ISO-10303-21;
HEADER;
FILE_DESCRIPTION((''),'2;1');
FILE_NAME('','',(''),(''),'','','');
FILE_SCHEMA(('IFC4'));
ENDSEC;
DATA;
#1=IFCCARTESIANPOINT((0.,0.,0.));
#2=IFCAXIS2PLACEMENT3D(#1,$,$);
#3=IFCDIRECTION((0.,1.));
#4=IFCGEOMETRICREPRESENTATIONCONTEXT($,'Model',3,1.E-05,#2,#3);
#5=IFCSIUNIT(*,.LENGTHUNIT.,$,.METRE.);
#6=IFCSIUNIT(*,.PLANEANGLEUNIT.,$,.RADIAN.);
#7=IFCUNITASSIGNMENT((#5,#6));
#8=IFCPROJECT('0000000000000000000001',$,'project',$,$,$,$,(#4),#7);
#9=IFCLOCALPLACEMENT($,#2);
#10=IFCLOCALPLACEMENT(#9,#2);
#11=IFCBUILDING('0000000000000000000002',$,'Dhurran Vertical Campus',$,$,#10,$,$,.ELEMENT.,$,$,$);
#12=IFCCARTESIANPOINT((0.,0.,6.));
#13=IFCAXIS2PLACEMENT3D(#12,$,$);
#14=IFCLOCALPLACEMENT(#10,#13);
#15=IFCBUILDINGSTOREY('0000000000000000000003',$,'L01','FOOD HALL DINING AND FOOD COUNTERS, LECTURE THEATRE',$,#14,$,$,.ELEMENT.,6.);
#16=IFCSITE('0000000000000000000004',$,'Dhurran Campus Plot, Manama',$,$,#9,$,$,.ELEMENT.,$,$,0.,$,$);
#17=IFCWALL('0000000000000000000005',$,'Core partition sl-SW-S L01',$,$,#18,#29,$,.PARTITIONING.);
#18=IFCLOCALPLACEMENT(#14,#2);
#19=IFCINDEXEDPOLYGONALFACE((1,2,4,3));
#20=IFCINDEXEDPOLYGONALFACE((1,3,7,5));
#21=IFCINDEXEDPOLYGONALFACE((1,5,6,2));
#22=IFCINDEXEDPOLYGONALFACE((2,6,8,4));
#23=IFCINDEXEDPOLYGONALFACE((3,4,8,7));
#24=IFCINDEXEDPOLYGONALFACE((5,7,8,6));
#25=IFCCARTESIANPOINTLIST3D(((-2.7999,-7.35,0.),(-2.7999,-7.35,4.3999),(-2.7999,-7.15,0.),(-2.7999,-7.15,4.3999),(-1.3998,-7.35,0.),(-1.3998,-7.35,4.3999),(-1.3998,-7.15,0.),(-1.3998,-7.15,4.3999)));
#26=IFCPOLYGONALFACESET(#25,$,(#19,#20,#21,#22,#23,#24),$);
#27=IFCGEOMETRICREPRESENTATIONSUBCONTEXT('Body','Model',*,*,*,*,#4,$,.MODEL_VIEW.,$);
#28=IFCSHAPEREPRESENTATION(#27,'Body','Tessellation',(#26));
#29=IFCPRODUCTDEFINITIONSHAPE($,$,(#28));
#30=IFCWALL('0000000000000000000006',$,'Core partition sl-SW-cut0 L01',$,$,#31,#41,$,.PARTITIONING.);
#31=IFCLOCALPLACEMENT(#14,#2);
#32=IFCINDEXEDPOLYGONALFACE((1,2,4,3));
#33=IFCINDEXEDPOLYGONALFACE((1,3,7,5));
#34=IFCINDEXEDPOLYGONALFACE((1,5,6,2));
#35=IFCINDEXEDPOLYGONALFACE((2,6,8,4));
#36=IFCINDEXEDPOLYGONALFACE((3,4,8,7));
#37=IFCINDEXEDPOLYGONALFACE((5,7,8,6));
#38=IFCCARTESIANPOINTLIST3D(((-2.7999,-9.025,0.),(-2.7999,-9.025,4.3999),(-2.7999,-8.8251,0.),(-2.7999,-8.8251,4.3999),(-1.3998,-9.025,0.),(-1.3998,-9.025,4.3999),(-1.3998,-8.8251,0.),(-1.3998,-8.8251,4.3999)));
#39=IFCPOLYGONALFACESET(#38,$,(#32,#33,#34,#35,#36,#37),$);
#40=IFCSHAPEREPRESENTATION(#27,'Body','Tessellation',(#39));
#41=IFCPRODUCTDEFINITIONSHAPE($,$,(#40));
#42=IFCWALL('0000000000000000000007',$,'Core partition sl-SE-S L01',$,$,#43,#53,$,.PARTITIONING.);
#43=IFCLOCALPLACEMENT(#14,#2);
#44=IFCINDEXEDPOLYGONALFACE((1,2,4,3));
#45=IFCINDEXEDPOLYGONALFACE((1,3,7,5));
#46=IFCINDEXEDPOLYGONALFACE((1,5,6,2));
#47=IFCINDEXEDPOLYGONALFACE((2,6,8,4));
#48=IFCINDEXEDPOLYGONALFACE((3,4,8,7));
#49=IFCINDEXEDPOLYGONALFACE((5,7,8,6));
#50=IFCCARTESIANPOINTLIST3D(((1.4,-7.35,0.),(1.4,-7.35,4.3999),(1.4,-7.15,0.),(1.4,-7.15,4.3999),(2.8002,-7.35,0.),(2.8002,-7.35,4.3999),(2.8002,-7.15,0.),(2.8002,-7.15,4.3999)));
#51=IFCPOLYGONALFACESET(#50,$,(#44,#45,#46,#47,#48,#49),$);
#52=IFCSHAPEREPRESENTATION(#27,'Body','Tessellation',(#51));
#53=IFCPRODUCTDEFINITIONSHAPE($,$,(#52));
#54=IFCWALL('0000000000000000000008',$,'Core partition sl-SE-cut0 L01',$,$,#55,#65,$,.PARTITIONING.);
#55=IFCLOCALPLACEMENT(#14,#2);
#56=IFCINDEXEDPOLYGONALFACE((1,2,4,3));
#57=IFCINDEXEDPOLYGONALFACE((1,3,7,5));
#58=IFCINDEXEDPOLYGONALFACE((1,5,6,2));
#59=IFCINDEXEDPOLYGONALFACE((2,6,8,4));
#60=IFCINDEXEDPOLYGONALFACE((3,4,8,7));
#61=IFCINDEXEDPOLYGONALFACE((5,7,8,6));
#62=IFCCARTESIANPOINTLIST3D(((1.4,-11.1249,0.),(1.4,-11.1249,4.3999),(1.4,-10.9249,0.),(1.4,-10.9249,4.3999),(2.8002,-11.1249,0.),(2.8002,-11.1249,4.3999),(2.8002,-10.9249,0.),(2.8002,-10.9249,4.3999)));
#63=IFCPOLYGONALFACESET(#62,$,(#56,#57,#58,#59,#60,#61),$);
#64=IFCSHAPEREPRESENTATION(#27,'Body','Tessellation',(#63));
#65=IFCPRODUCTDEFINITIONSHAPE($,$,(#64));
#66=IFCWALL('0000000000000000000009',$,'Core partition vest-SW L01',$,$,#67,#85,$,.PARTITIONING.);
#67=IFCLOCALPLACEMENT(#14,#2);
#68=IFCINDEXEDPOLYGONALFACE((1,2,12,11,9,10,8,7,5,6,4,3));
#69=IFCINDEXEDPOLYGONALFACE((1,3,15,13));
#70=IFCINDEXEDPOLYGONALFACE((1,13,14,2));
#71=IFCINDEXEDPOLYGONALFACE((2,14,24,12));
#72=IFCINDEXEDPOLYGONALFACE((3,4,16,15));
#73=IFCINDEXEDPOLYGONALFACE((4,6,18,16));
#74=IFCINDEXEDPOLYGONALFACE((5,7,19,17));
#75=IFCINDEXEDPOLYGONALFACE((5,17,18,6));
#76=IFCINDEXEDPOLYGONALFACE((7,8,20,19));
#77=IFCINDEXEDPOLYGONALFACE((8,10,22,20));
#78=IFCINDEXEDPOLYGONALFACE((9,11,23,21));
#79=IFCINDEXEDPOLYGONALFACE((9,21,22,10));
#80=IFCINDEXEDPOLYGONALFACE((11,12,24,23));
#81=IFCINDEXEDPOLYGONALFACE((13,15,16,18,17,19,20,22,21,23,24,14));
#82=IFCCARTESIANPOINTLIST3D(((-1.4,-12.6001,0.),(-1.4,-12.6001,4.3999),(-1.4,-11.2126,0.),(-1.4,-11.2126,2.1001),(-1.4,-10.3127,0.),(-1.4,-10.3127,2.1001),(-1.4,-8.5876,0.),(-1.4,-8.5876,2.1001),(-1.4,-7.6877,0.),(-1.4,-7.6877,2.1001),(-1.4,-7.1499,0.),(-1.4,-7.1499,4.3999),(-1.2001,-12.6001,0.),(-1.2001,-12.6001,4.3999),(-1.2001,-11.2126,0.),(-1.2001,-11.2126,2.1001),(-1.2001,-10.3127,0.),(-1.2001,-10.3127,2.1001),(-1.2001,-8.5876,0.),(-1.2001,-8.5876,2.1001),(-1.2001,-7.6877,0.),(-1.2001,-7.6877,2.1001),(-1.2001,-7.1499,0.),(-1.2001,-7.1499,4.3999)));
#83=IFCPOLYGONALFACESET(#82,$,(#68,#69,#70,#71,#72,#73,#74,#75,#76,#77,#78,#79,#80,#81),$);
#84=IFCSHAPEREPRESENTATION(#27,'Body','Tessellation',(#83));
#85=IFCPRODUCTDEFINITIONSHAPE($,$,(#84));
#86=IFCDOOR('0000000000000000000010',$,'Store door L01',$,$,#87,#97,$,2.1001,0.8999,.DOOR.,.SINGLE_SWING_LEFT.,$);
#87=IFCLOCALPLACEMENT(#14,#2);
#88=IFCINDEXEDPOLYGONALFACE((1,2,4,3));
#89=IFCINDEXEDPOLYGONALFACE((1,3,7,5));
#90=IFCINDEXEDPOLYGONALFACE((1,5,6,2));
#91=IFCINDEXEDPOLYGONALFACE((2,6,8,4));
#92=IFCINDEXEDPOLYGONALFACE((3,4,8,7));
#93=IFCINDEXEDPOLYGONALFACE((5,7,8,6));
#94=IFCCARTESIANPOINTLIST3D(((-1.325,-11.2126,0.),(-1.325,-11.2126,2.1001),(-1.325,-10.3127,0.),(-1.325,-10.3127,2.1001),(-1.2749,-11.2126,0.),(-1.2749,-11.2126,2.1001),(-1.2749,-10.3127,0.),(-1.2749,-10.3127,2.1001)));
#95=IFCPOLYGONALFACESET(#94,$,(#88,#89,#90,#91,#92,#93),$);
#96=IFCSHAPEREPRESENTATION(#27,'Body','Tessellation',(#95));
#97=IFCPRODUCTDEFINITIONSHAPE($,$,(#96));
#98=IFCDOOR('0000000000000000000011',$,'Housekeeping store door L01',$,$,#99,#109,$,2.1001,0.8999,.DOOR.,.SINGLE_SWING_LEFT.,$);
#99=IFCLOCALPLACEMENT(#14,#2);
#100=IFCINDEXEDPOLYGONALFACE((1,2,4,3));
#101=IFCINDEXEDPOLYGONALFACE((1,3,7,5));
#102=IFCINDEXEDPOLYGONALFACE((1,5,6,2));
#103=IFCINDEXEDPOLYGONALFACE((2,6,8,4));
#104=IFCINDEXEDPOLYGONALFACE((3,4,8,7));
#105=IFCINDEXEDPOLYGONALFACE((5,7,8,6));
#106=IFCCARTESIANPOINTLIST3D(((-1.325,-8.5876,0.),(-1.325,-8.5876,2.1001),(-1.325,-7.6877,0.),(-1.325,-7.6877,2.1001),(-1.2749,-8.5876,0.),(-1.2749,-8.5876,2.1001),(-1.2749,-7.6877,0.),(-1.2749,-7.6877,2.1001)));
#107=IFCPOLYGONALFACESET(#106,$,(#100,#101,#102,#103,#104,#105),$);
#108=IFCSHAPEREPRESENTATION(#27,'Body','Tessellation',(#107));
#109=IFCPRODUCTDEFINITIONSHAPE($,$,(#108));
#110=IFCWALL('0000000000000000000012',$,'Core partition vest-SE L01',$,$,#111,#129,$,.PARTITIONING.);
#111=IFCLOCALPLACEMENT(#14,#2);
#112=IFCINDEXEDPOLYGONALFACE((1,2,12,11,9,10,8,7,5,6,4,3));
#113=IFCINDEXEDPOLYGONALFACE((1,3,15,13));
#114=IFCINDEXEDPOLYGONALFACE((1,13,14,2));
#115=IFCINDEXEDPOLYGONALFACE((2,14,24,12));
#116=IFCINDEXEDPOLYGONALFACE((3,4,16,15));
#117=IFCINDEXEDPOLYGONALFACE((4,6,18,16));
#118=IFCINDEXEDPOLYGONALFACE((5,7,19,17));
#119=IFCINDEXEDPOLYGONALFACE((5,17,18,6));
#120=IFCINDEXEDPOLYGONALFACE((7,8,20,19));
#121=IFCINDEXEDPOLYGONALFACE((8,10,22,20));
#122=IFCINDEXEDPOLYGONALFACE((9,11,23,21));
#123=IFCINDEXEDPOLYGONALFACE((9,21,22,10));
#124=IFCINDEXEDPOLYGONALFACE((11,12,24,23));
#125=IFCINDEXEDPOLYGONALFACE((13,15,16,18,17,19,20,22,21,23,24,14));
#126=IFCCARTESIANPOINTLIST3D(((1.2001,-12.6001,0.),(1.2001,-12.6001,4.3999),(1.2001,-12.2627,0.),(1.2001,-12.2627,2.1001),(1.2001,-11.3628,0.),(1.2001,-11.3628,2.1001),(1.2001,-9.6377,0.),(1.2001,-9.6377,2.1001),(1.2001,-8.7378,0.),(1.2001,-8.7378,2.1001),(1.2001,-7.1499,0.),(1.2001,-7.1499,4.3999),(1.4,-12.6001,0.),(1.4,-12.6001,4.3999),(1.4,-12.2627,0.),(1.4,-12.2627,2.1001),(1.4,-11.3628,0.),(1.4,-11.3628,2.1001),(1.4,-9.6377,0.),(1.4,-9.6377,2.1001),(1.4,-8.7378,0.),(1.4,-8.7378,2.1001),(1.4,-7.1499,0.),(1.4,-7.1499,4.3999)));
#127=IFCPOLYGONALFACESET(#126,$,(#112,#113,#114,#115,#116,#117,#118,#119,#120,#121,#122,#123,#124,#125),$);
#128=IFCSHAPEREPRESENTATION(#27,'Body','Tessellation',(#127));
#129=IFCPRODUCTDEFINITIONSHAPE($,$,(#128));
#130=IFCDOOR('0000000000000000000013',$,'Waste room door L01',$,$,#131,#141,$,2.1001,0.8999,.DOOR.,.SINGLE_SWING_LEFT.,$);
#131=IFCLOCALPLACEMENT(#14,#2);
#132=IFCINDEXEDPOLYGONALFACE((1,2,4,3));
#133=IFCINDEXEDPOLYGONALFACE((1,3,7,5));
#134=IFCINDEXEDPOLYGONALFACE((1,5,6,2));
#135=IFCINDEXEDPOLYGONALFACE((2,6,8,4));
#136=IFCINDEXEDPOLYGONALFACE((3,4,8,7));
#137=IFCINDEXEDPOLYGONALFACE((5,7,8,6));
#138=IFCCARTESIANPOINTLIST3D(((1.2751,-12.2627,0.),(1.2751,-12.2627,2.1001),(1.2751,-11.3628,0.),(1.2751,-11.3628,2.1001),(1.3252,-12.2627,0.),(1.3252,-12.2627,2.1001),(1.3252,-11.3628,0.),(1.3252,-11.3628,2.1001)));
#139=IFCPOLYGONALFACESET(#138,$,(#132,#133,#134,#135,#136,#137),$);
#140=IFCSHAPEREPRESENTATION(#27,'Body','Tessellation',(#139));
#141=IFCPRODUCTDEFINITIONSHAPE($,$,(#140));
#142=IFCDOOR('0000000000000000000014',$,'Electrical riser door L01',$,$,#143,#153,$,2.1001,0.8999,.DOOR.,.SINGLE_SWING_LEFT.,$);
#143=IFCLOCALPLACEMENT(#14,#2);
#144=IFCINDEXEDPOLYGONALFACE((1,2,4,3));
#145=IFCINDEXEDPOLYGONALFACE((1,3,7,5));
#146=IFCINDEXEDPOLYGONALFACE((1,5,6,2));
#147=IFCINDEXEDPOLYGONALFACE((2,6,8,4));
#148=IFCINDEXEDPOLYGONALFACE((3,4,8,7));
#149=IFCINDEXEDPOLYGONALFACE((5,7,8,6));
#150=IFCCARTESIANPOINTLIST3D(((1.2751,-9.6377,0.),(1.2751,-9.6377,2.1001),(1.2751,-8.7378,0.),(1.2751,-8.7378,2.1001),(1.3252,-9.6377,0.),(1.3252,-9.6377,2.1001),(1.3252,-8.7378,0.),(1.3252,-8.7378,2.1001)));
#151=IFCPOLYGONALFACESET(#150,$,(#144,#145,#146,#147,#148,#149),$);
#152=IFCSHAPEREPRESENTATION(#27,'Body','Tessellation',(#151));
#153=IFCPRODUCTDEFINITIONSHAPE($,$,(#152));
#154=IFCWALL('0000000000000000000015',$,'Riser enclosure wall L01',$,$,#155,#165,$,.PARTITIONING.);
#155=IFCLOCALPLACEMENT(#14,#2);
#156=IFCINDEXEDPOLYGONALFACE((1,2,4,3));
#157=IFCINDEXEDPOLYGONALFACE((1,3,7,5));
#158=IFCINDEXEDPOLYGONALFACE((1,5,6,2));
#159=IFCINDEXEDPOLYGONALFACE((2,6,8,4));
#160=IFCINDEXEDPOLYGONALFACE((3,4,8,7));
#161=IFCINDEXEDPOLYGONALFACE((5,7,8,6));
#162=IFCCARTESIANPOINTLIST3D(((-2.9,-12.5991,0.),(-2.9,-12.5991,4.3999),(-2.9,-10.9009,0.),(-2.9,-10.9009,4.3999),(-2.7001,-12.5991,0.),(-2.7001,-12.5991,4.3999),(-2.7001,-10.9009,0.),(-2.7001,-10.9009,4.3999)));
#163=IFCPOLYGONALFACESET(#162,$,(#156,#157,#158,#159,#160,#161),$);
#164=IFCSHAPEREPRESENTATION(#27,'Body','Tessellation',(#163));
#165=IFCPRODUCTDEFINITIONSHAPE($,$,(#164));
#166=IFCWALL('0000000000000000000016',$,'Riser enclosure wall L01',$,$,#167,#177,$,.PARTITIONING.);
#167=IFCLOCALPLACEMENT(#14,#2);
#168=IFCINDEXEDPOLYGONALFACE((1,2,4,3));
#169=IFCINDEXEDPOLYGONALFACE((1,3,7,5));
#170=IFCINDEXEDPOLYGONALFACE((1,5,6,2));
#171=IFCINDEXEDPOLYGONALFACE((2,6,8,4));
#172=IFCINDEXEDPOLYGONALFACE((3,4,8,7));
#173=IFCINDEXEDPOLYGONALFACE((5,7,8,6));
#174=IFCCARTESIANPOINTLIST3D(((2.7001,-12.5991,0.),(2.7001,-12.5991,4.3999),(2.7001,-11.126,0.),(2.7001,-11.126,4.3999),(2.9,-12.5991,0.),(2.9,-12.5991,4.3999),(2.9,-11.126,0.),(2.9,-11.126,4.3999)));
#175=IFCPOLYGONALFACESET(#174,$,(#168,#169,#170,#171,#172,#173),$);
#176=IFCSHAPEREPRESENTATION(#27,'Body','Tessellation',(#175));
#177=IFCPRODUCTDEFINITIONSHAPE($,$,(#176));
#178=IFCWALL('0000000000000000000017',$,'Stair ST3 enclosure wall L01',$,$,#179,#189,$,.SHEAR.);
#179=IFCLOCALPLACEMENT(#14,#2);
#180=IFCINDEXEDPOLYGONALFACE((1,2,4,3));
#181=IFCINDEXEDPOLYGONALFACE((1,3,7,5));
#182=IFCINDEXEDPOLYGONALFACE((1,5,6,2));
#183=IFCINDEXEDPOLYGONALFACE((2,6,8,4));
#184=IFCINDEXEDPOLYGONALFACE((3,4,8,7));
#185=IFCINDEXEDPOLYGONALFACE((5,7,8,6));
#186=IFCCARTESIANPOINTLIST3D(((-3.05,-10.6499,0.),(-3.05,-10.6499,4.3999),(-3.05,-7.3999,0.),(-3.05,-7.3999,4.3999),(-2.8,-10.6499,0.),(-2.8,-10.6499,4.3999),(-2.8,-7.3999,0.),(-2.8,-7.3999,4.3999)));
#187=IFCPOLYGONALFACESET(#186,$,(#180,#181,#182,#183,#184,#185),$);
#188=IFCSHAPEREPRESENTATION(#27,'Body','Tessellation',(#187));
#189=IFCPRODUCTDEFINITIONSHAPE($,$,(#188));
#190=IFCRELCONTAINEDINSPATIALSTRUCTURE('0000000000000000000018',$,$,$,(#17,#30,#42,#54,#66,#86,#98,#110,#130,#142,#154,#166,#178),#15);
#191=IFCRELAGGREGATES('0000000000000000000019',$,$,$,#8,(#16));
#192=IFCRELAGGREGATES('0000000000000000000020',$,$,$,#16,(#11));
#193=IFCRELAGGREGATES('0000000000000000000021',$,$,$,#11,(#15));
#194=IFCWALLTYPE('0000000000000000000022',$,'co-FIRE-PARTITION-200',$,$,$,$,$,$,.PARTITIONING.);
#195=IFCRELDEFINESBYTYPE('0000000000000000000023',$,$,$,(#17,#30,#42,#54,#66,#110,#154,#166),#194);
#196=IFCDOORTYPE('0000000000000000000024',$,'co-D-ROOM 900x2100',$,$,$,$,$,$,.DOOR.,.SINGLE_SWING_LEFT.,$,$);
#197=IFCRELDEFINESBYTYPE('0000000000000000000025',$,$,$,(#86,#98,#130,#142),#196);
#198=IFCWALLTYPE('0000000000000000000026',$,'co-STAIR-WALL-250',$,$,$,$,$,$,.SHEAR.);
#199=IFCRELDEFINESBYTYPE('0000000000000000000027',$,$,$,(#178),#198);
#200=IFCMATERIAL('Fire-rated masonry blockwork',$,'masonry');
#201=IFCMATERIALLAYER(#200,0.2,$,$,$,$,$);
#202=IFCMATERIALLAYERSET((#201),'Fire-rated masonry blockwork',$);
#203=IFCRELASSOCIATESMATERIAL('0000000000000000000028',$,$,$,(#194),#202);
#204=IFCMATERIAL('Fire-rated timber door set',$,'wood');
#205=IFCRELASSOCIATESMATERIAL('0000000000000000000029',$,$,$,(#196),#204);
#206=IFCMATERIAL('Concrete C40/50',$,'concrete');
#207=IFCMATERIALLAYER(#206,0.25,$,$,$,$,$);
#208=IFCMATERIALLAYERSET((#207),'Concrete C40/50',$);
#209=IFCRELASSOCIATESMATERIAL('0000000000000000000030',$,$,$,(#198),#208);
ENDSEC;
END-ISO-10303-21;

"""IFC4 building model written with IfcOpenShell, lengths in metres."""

from ifc_helpers import new_model, si_unit, direction, frame, frame_2d, origin, place, context, subcontext, project, spatial, rectangle, extrude, material, layer, layer_set, type_object, element, fill, save


model = new_model("IFC4")

# Units and contexts
model_context = context("Model", 3, precision=1e-05, world=origin(), true_north=direction((0.0, 1.0)))
body_context = subcontext(model_context, "Body", "Model", "MODEL_VIEW")
ifc_project = project(units=[si_unit("LENGTHUNIT", "METRE"), si_unit("PLANEANGLEUNIT", "RADIAN")], contexts=[model_context])

# Site, building, storey
site_placement = place(None, origin())
site = spatial("IfcSite", under=ifc_project, at=site_placement, Name="Dhurran Campus Plot, Manama", CompositionType="ELEMENT", RefElevation=0.0)
building_placement = place(site_placement, origin())
building = spatial("IfcBuilding", under=site, at=building_placement, Name="Dhurran Vertical Campus", CompositionType="ELEMENT")
storey_placement = place(building_placement, frame((0.0, 0.0, 6.0)))
storey = spatial("IfcBuildingStorey", under=building, at=storey_placement, Name="L01", Description="FOOD HALL DINING AND FOOD COUNTERS, LECTURE THEATRE", CompositionType="ELEMENT", Elevation=6.0)

# Walls
ifc_material_1 = material(Name="Fire-rated masonry blockwork", Category="masonry")
ifc_layer_1 = layer(ifc_material_1, 0.2)
ifc_layer_set_1 = layer_set([ifc_layer_1], Name="Fire-rated masonry blockwork")
wall_type_1 = type_object("IfcWallType", Name="co-FIRE-PARTITION-200", PredefinedType="PARTITIONING", material=ifc_layer_set_1)
for number, where, z_axis, x_axis, name in (
    (1, (-2.8, -7.25, 0.0), (0.0, 0.0, 1.0), (1.0, 0.0, 0.0), "Core partition sl-SW-S L01"),
    (2, (-2.8, -8.925, 0.0), (0.0, 0.0, 1.0), (1.0, 0.0, 0.0), "Core partition sl-SW-cut0 L01"),
    (3, (1.3999, -7.25, 0.0), (0.0, 0.0, 1.0), (1.0, 0.0, 0.0), "Core partition sl-SE-S L01"),
    (4, (1.3999, -11.0249, 0.0), (0.0, 0.0, 1.0), (1.0, 0.0, 0.0), "Core partition sl-SE-cut0 L01"),
):
    element("IfcWall", number, at=place(storey_placement, frame(where, z_axis=z_axis, x_axis=x_axis)), inside=storey, type_object=wall_type_1, Name=name, PredefinedType="PARTITIONING", context=body_context, shape_type="SweptSolid", body=[
        extrude(rectangle(XDim=1.4001, YDim=0.2, at=frame_2d((0.7002, 0.0))), origin(), (0.0, 0.0, 1.0), 4.3999),
    ])

# Walls, openings, doors
wall_1_placement = place(storey_placement, frame((-1.3, -12.6001, 0.0), z_axis=(0.0, 0.0, 1.0), x_axis=(0.0, 1.0, 0.0)))
wall_1 = element("IfcWall", 5, at=wall_1_placement, inside=storey, type_object=wall_type_1, Name="Core partition vest-SW L01", PredefinedType="PARTITIONING", context=body_context, shape_type="SweptSolid", body=[
    extrude(rectangle(XDim=5.4502, YDim=0.2, at=frame_2d((2.7251, 0.0))), origin(), (0.0, 0.0, 1.0), 4.3999),
])
opening_1_placement = place(wall_1_placement, frame((1.3875, 0.0, 0.0)))
opening_1 = element("IfcOpeningElement", 6, at=opening_1_placement, cuts=wall_1, PredefinedType="OPENING", context=body_context, shape_type="SweptSolid", body=[
    extrude(rectangle(XDim=0.8999, YDim=2.1001, at=frame_2d((0.45, 1.05))), frame((0.0, 0.1099, 0.0), z_axis=(0.0, -1.0, 0.0), x_axis=(1.0, 0.0, 0.0)), (0.0, 0.0, 1.0), 0.22),
])
opening_2_placement = place(wall_1_placement, frame((4.0125, 0.0, 0.0)))
opening_2 = element("IfcOpeningElement", 7, at=opening_2_placement, cuts=wall_1, PredefinedType="OPENING", context=body_context, shape_type="SweptSolid", body=[
    extrude(rectangle(XDim=0.8999, YDim=2.1001, at=frame_2d((0.45, 1.05))), frame((0.0, 0.1099, 0.0), z_axis=(0.0, -1.0, 0.0), x_axis=(1.0, 0.0, 0.0)), (0.0, 0.0, 1.0), 0.22),
])
ifc_material_2 = material(Name="Fire-rated timber door set", Category="wood")
door_type_1 = type_object("IfcDoorType", Name="co-D-ROOM 900x2100", OperationType="SINGLE_SWING_LEFT", PredefinedType="DOOR", material=ifc_material_2)
door_1_placement = place(opening_1_placement, origin())
door_1 = element("IfcDoor", 8, at=door_1_placement, inside=storey, type_object=door_type_1, Name="Store door L01", OperationType="SINGLE_SWING_LEFT", OverallHeight=2.1001, OverallWidth=0.8999, PredefinedType="DOOR", context=body_context, shape_type="SweptSolid", body=[
    extrude(rectangle(XDim=0.8999, YDim=2.1001, at=frame_2d((0.45, 1.05))), frame((0.0, 0.0249, 0.0), z_axis=(0.0, -1.0, 0.0), x_axis=(1.0, 0.0, 0.0)), (0.0, 0.0, 1.0), 0.05),
])
fill(opening_1, door_1)
door_2_placement = place(opening_2_placement, origin())
door_2 = element("IfcDoor", 9, at=door_2_placement, inside=storey, type_object=door_type_1, Name="Housekeeping store door L01", OperationType="SINGLE_SWING_LEFT", OverallHeight=2.1001, OverallWidth=0.8999, PredefinedType="DOOR", context=body_context, shape_type="SweptSolid", body=[
    extrude(rectangle(XDim=0.8999, YDim=2.1001, at=frame_2d((0.45, 1.05))), frame((0.0, 0.0249, 0.0), z_axis=(0.0, -1.0, 0.0), x_axis=(1.0, 0.0, 0.0)), (0.0, 0.0, 1.0), 0.05),
])
fill(opening_2, door_2)
wall_2_placement = place(storey_placement, frame((1.3, -12.6001, 0.0), z_axis=(0.0, 0.0, 1.0), x_axis=(0.0, 1.0, 0.0)))
wall_2 = element("IfcWall", 10, at=wall_2_placement, inside=storey, type_object=wall_type_1, Name="Core partition vest-SE L01", PredefinedType="PARTITIONING", context=body_context, shape_type="SweptSolid", body=[
    extrude(rectangle(XDim=5.4502, YDim=0.2, at=frame_2d((2.7251, 0.0))), origin(), (0.0, 0.0, 1.0), 4.3999),
])
opening_3_placement = place(wall_2_placement, frame((0.3374, 0.0, 0.0)))
opening_3 = element("IfcOpeningElement", 11, at=opening_3_placement, cuts=wall_2, PredefinedType="OPENING", context=body_context, shape_type="SweptSolid", body=[
    extrude(rectangle(XDim=0.8999, YDim=2.1001, at=frame_2d((0.45, 1.05))), frame((0.0, 0.1099, 0.0), z_axis=(0.0, -1.0, 0.0), x_axis=(1.0, 0.0, 0.0)), (0.0, 0.0, 1.0), 0.22),
])
opening_4_placement = place(wall_2_placement, frame((2.9624, 0.0, 0.0)))
opening_4 = element("IfcOpeningElement", 12, at=opening_4_placement, cuts=wall_2, PredefinedType="OPENING", context=body_context, shape_type="SweptSolid", body=[
    extrude(rectangle(XDim=0.8999, YDim=2.1001, at=frame_2d((0.45, 1.05))), frame((0.0, 0.1099, 0.0), z_axis=(0.0, -1.0, 0.0), x_axis=(1.0, 0.0, 0.0)), (0.0, 0.0, 1.0), 0.22),
])
door_3_placement = place(opening_3_placement, origin())
door_3 = element("IfcDoor", 13, at=door_3_placement, inside=storey, type_object=door_type_1, Name="Waste room door L01", OperationType="SINGLE_SWING_LEFT", OverallHeight=2.1001, OverallWidth=0.8999, PredefinedType="DOOR", context=body_context, shape_type="SweptSolid", body=[
    extrude(rectangle(XDim=0.8999, YDim=2.1001, at=frame_2d((0.45, 1.05))), frame((0.0, 0.0249, 0.0), z_axis=(0.0, -1.0, 0.0), x_axis=(1.0, 0.0, 0.0)), (0.0, 0.0, 1.0), 0.05),
])
fill(opening_3, door_3)
door_4_placement = place(opening_4_placement, origin())
door_4 = element("IfcDoor", 14, at=door_4_placement, inside=storey, type_object=door_type_1, Name="Electrical riser door L01", OperationType="SINGLE_SWING_LEFT", OverallHeight=2.1001, OverallWidth=0.8999, PredefinedType="DOOR", context=body_context, shape_type="SweptSolid", body=[
    extrude(rectangle(XDim=0.8999, YDim=2.1001, at=frame_2d((0.45, 1.05))), frame((0.0, 0.0249, 0.0), z_axis=(0.0, -1.0, 0.0), x_axis=(1.0, 0.0, 0.0)), (0.0, 0.0, 1.0), 0.05),
])
fill(opening_4, door_4)

# Walls
wall_3_placement = place(storey_placement, frame((-2.8, -12.5991, 0.0), z_axis=(0.0, 0.0, 1.0), x_axis=(0.0, 1.0, 0.0)))
element("IfcWall", 15, at=wall_3_placement, inside=storey, type_object=wall_type_1, Name="Riser enclosure wall L01", PredefinedType="PARTITIONING", context=body_context, shape_type="SweptSolid", body=[
    extrude(rectangle(XDim=1.6982, YDim=0.2, at=frame_2d((0.8491, 0.0))), origin(), (0.0, 0.0, 1.0), 4.3999),
])
wall_4_placement = place(storey_placement, frame((2.8, -11.126, 0.0), z_axis=(0.0, 0.0, 1.0), x_axis=(0.0, -1.0, 0.0)))
element("IfcWall", 16, at=wall_4_placement, inside=storey, type_object=wall_type_1, Name="Riser enclosure wall L01", PredefinedType="PARTITIONING", context=body_context, shape_type="SweptSolid", body=[
    extrude(rectangle(XDim=1.4731, YDim=0.2, at=frame_2d((0.7366, 0.0))), origin(), (0.0, 0.0, 1.0), 4.3999),
])
ifc_material_3 = material(Name="Concrete C40/50", Category="concrete")
ifc_layer_2 = layer(ifc_material_3, 0.25)
ifc_layer_set_2 = layer_set([ifc_layer_2], Name="Concrete C40/50")
wall_type_2 = type_object("IfcWallType", Name="co-STAIR-WALL-250", PredefinedType="SHEAR", material=ifc_layer_set_2)
wall_5_placement = place(storey_placement, frame((-2.925, -10.6499, 0.0), z_axis=(0.0, 0.0, 1.0), x_axis=(0.0, 1.0, 0.0)))
element("IfcWall", 17, at=wall_5_placement, inside=storey, type_object=wall_type_2, Name="Stair ST3 enclosure wall L01", PredefinedType="SHEAR", context=body_context, shape_type="SweptSolid", body=[
    extrude(rectangle(XDim=3.25, YDim=0.25, at=frame_2d((1.625, 0.0))), origin(), (0.0, 0.0, 1.0), 4.3999),
])

save(model, "model.ifc")
